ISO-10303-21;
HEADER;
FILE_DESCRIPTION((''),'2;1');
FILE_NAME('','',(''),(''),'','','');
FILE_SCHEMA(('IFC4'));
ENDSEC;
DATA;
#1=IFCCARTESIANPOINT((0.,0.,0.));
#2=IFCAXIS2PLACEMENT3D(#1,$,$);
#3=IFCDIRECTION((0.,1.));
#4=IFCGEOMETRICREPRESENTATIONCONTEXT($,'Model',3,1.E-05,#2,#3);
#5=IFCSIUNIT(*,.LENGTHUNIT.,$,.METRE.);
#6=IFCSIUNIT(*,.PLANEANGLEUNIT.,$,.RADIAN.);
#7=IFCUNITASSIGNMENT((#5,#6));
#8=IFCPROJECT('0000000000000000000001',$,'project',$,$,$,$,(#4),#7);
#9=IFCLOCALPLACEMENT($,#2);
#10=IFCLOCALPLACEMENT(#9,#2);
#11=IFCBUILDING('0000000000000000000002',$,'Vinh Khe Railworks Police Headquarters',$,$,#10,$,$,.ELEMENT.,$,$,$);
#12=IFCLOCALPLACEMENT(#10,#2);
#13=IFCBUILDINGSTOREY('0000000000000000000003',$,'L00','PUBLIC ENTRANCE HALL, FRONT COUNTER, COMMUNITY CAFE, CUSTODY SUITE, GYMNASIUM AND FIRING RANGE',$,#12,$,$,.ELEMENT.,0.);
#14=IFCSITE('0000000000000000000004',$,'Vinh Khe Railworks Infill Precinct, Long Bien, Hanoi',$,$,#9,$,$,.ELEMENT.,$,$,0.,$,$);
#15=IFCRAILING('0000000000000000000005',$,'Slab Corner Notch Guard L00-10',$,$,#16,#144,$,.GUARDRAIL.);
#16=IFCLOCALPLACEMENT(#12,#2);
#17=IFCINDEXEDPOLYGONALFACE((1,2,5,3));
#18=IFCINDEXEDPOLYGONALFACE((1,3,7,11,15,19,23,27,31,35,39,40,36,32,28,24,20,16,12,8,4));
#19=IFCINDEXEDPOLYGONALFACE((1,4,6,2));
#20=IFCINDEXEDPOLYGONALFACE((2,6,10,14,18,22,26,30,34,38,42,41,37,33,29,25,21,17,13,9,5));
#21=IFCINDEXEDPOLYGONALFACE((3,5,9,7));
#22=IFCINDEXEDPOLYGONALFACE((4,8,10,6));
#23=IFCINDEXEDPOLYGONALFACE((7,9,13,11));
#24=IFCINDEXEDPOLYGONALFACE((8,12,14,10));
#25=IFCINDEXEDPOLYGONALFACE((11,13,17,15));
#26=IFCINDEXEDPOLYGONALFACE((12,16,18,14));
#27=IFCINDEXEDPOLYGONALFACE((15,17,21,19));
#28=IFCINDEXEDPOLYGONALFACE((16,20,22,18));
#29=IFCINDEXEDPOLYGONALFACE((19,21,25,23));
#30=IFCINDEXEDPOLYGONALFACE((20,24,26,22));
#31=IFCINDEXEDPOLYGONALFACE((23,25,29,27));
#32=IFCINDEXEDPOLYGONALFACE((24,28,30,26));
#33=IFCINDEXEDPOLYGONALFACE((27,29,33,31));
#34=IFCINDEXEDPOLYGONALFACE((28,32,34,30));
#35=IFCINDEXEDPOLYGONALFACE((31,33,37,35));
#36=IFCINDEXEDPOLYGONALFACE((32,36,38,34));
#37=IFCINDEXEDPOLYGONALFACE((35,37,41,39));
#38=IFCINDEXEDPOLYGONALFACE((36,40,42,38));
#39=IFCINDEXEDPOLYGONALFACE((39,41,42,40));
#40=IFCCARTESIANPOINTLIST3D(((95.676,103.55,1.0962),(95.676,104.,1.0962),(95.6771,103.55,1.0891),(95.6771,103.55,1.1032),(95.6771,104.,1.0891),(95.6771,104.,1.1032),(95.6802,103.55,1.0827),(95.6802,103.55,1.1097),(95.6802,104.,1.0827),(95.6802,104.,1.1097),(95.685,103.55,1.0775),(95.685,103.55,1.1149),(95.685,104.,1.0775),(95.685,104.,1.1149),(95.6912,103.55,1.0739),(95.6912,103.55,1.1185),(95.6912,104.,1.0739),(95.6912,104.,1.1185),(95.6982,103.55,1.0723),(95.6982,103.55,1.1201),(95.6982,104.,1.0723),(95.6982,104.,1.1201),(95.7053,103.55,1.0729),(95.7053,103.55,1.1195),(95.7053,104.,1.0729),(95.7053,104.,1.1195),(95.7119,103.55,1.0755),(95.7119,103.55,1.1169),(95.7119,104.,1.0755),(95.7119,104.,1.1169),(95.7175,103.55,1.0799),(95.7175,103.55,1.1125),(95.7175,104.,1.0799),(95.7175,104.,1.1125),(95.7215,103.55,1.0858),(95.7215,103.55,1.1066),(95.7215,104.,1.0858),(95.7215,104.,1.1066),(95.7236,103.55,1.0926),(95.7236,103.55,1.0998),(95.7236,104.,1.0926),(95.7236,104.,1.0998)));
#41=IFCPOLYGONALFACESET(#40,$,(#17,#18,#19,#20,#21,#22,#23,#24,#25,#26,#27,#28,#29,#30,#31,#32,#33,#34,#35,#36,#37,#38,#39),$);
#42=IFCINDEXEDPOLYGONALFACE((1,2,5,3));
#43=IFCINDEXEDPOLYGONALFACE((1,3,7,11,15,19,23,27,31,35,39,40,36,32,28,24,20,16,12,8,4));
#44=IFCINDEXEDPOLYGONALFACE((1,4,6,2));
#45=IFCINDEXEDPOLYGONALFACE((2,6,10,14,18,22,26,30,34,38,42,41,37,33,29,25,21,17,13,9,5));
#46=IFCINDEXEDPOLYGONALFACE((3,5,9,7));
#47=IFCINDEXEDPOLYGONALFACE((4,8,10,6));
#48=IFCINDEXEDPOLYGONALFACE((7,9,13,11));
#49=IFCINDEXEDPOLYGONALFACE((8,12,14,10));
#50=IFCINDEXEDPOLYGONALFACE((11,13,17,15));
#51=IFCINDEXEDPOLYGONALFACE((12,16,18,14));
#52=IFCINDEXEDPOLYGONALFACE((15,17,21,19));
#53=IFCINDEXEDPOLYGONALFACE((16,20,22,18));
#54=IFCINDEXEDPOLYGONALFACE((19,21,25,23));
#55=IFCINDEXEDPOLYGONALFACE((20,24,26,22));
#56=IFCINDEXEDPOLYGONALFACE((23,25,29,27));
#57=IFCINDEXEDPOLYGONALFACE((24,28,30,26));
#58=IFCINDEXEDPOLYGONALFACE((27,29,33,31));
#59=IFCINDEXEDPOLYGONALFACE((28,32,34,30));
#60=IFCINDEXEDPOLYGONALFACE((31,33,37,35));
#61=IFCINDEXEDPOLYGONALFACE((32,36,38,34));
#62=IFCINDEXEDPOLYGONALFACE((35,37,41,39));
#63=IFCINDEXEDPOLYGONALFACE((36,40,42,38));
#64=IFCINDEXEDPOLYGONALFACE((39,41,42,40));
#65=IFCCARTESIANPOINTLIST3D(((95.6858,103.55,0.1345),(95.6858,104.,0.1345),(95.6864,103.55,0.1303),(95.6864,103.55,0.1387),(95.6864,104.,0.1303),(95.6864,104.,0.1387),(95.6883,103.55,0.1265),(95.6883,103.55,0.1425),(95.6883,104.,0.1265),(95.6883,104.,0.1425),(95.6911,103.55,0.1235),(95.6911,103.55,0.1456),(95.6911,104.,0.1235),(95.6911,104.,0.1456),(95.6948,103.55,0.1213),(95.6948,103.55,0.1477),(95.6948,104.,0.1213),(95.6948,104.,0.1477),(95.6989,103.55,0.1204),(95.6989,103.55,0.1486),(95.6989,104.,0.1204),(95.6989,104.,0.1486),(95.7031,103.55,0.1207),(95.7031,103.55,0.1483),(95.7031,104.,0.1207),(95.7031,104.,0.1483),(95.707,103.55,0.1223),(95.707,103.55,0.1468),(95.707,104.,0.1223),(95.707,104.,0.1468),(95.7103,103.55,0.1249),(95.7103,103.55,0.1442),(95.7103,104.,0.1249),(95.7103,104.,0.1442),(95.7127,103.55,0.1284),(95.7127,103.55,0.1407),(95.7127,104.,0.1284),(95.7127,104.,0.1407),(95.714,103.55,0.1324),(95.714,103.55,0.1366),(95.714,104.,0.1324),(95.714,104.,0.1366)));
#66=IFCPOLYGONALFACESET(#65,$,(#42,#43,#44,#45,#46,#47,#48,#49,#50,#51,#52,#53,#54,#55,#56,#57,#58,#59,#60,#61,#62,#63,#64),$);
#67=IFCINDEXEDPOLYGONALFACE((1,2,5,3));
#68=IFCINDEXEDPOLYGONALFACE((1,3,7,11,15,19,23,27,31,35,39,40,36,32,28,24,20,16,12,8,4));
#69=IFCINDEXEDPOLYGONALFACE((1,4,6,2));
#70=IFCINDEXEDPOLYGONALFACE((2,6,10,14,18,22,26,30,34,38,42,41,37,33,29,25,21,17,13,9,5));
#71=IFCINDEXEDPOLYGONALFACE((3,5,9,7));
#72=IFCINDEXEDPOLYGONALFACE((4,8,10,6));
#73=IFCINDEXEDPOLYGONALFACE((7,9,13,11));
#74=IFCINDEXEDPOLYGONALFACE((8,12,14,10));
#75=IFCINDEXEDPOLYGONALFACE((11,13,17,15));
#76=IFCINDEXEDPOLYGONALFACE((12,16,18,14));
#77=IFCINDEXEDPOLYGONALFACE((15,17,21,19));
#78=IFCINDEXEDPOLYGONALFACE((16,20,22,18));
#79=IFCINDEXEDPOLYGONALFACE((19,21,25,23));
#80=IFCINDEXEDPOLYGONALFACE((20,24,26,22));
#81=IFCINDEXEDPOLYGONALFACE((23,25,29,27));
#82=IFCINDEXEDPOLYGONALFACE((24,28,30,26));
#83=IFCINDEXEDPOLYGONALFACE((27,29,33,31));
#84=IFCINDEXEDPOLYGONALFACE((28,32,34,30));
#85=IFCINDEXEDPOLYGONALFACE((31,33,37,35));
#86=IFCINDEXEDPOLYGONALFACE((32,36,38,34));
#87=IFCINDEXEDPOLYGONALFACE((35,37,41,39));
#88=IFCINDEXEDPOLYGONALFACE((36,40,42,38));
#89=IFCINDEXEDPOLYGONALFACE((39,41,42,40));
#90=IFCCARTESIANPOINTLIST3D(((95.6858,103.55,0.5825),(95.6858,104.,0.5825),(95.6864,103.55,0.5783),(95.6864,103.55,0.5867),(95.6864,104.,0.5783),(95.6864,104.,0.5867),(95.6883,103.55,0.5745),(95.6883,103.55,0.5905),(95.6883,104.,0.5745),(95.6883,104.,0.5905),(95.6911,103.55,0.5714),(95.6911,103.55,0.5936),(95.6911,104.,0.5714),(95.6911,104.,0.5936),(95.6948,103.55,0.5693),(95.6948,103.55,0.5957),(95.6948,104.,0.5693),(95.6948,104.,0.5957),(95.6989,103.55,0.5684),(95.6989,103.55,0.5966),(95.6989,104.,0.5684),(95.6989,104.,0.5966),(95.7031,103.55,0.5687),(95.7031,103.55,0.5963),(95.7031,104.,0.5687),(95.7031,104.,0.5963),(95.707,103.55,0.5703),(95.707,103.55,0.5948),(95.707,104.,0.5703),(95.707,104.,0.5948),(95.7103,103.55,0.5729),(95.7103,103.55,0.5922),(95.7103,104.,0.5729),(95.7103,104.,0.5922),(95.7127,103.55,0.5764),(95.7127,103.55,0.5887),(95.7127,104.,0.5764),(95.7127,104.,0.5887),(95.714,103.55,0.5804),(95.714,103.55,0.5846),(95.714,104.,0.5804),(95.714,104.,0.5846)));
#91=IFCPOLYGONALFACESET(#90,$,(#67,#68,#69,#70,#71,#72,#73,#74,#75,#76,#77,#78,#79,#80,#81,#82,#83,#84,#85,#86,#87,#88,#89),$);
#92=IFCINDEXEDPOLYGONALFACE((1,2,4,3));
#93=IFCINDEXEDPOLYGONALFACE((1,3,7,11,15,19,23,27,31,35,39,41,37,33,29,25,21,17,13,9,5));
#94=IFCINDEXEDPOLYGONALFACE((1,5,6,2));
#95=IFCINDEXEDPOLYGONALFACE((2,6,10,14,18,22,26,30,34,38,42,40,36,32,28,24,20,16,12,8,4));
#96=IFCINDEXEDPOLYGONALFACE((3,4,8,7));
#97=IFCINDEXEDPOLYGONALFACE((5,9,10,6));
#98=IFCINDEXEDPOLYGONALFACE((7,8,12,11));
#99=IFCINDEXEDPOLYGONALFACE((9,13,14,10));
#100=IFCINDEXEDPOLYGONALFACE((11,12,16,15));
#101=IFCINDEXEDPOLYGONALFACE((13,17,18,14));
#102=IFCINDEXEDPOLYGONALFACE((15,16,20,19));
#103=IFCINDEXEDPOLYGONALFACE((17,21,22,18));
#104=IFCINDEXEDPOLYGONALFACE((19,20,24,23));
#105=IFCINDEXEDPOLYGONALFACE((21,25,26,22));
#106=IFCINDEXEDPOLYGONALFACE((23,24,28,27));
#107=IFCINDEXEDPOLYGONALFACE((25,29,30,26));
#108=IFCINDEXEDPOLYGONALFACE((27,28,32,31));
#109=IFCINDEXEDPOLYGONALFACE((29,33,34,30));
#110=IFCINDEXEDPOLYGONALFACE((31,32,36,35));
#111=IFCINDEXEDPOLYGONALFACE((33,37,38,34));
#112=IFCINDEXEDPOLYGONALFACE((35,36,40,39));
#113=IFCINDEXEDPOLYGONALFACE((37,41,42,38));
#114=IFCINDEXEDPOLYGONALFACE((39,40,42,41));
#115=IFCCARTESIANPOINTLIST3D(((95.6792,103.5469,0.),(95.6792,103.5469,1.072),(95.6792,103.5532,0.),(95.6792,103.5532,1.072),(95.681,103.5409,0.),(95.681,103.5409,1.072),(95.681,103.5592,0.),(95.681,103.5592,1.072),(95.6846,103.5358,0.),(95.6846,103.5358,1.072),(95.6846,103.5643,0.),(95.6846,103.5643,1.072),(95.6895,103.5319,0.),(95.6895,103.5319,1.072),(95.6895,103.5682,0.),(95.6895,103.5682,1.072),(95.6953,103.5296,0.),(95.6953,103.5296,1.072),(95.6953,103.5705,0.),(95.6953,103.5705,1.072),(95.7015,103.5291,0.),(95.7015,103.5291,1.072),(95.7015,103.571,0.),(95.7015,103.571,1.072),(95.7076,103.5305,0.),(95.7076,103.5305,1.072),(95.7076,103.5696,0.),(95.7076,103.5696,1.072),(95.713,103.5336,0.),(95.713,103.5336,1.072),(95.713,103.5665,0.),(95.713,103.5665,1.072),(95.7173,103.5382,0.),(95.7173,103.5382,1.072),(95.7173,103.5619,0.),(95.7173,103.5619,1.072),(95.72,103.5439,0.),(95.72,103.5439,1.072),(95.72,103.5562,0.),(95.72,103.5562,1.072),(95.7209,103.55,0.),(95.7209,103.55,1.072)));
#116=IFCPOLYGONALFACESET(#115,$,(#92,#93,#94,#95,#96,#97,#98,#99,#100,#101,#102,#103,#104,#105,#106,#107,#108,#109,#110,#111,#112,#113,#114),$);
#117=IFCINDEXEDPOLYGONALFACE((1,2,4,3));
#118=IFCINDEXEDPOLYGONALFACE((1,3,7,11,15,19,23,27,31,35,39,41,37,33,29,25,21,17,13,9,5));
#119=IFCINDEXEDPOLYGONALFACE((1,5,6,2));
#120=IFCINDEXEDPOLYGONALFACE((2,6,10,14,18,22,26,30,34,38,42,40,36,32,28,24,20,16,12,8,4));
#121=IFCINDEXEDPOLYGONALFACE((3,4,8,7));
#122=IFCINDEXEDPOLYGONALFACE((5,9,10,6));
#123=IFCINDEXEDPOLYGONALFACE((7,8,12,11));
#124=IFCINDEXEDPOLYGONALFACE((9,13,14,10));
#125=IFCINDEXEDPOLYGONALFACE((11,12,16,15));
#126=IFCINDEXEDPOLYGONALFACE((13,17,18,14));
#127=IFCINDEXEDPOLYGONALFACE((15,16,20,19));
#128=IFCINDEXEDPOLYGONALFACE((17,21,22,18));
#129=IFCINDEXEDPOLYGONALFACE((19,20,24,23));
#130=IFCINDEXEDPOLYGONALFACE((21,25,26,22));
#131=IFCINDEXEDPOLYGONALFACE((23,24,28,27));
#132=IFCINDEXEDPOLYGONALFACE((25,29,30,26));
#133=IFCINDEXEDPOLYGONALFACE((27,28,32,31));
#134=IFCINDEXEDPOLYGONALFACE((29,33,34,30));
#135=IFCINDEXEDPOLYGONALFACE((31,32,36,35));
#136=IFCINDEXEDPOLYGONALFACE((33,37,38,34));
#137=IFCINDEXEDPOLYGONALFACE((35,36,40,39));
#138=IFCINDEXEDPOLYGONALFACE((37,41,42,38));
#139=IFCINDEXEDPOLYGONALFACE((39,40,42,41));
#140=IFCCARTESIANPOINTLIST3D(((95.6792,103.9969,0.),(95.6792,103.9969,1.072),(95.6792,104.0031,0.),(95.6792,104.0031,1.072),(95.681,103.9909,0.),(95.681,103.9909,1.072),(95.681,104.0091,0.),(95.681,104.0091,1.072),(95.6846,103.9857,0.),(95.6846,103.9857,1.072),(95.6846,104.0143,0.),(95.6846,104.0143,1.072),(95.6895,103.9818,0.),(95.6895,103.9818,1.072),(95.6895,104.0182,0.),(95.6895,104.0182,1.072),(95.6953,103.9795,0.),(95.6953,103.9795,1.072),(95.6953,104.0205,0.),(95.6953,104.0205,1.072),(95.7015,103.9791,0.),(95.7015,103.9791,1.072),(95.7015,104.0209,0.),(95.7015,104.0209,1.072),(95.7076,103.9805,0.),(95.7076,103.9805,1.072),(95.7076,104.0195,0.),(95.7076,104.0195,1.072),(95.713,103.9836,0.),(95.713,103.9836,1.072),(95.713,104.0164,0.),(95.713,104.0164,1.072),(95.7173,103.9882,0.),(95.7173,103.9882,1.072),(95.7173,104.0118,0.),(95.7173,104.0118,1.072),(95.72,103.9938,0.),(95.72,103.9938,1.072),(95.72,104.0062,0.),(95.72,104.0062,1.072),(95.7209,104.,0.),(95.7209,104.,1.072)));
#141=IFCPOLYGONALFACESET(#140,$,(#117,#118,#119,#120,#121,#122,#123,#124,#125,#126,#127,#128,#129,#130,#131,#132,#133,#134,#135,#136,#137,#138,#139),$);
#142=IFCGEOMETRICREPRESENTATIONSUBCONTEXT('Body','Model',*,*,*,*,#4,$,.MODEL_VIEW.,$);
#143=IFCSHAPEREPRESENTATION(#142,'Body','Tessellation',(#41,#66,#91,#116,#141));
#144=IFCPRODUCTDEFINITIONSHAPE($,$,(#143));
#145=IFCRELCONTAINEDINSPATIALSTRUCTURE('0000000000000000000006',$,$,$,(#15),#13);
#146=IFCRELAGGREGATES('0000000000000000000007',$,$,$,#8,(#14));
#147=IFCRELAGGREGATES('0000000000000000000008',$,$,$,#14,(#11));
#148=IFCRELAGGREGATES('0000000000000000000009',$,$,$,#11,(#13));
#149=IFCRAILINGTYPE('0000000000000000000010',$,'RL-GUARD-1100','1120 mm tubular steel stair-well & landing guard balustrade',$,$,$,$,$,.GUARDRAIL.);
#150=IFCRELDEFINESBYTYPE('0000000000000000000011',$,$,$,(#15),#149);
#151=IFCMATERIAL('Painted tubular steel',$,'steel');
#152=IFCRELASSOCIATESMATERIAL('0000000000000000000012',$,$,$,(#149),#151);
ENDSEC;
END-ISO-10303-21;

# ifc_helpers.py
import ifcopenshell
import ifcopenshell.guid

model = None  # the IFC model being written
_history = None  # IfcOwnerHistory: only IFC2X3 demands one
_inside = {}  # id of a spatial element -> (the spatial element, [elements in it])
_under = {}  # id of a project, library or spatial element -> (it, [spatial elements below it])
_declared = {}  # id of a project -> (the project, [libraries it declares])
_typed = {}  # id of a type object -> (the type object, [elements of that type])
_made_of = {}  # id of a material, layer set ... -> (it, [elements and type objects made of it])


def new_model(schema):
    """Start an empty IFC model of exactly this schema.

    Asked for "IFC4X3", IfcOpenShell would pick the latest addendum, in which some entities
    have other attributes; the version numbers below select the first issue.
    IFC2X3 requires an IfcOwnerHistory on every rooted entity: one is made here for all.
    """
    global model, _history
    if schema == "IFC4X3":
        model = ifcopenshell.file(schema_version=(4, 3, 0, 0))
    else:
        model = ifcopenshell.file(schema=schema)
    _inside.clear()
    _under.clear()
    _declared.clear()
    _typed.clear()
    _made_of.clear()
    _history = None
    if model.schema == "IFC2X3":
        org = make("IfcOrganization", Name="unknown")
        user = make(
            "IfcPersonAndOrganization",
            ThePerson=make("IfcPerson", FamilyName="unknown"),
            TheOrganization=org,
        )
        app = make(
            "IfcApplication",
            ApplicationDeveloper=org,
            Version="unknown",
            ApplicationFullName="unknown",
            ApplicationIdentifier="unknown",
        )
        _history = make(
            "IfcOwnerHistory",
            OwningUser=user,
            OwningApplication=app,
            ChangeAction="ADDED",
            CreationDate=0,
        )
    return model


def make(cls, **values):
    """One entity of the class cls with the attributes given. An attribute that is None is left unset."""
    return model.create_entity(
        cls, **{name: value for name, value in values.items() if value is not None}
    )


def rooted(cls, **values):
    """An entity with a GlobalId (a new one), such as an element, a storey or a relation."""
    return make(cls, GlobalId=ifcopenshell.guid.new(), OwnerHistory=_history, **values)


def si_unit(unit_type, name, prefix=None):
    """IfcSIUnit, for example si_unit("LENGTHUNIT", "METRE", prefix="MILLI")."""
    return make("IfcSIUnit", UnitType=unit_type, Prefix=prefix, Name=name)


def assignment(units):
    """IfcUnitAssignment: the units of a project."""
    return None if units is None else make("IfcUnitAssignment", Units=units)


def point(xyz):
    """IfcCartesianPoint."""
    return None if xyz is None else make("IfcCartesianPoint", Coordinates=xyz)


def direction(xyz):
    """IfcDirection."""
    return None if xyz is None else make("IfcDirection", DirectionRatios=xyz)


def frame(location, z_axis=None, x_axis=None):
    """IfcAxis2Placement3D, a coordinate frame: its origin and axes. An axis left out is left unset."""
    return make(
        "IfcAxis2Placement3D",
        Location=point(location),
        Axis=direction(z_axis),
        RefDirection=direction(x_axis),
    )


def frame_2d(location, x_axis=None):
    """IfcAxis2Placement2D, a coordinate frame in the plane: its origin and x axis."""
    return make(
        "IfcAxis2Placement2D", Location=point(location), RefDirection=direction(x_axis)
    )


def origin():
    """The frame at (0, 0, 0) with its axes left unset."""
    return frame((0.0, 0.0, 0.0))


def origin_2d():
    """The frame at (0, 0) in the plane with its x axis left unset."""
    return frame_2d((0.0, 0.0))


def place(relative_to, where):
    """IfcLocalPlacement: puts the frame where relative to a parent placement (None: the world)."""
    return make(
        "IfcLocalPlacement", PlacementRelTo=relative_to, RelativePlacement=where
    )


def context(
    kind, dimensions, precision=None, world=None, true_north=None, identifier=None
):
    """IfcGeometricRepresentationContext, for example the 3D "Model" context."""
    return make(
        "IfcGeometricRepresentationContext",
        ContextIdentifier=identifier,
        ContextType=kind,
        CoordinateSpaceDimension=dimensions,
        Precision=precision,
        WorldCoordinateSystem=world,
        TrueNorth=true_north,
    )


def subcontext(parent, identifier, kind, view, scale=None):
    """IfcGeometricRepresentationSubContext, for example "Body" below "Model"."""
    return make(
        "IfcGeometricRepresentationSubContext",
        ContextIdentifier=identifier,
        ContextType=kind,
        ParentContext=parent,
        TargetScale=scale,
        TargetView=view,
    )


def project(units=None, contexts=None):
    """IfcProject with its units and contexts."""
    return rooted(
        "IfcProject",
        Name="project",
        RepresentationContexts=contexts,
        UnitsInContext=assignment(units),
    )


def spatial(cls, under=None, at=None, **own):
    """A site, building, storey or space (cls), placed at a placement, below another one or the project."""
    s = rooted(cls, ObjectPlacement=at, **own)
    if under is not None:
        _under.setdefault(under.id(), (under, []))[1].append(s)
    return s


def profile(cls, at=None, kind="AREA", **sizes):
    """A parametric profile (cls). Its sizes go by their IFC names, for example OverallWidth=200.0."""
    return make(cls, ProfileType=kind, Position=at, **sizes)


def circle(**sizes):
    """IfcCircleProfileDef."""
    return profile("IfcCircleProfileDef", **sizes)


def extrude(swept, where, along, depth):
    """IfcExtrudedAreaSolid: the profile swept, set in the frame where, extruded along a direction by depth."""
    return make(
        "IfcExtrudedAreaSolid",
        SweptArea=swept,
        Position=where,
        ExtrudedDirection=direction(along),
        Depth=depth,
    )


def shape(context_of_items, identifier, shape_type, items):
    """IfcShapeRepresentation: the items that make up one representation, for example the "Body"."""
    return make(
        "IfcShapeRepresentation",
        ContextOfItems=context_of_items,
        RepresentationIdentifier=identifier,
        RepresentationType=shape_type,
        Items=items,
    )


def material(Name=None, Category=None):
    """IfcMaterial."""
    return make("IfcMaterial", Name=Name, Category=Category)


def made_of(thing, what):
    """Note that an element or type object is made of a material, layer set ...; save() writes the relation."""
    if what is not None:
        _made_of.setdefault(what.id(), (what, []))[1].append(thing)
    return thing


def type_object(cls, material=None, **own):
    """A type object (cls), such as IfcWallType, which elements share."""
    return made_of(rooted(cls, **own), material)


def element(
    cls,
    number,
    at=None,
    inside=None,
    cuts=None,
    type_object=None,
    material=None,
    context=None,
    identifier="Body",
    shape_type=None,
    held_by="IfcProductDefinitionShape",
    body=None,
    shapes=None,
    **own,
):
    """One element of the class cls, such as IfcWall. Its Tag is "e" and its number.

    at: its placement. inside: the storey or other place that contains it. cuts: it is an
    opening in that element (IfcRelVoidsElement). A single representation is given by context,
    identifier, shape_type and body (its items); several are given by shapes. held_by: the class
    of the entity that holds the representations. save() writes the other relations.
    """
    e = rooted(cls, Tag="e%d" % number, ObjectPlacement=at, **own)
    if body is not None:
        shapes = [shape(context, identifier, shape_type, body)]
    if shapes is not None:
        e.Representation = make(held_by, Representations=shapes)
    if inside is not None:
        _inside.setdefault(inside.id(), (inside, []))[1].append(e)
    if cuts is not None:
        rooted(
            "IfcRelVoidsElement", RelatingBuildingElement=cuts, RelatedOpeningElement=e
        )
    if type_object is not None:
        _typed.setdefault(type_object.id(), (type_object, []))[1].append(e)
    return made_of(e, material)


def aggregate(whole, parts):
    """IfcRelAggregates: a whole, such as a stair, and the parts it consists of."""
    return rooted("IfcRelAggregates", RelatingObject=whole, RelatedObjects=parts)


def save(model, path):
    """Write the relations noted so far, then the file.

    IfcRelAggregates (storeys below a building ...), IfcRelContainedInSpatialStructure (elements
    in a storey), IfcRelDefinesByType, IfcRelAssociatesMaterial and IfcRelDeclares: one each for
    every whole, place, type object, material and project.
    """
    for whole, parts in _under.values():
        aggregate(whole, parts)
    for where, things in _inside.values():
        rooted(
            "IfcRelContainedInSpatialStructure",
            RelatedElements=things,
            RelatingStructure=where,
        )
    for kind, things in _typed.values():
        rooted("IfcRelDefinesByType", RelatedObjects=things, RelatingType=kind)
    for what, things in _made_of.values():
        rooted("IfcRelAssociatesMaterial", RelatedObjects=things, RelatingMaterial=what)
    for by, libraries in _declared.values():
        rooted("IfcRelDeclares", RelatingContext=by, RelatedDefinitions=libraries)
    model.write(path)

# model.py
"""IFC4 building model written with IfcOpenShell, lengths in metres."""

from ifc_helpers import new_model, si_unit, direction, frame, origin, origin_2d, place, context, subcontext, project, spatial, circle, extrude, material, type_object, element, save


model = new_model("IFC4")

# Units and contexts
model_context = context("Model", 3, precision=1e-05, world=origin(), true_north=direction((0.0, 1.0)))
body_context = subcontext(model_context, "Body", "Model", "MODEL_VIEW")
ifc_project = project(units=[si_unit("LENGTHUNIT", "METRE"), si_unit("PLANEANGLEUNIT", "RADIAN")], contexts=[model_context])

# Site, building, storey
site_placement = place(None, origin())
site = spatial("IfcSite", under=ifc_project, at=site_placement, Name="Vinh Khe Railworks Infill Precinct, Long Bien, Hanoi", CompositionType="ELEMENT", RefElevation=0.0)
building_placement = place(site_placement, origin())
building = spatial("IfcBuilding", under=site, at=building_placement, Name="Vinh Khe Railworks Police Headquarters", CompositionType="ELEMENT")
storey_placement = place(building_placement, origin())
storey = spatial("IfcBuildingStorey", under=building, at=storey_placement, Name="L00", Description="PUBLIC ENTRANCE HALL, FRONT COUNTER, COMMUNITY CAFE, CUSTODY SUITE, GYMNASIUM AND FIRING RANGE", CompositionType="ELEMENT", Elevation=0.0)

# Railing
ifc_material_1 = material(Name="Painted tubular steel", Category="steel")
railing_type = type_object("IfcRailingType", Name="RL-GUARD-1100", Description="1120 mm tubular steel stair-well & landing guard balustrade", PredefinedType="GUARDRAIL", material=ifc_material_1)
railing_1_placement = place(storey_placement, frame((95.7, 103.55, 0.0)))
element("IfcRailing", 1, at=railing_1_placement, inside=storey, type_object=railing_type, Name="Slab Corner Notch Guard L00-10", PredefinedType="GUARDRAIL", context=body_context, shape_type="SweptSolid", body=[
    extrude(circle(Radius=0.0239, at=origin_2d()), frame((0.0, 0.0, 1.0962), z_axis=(0.0, 1.0, 0.0), x_axis=(-1.0, 0.0, 0.0)), (0.0, 0.0, 1.0), 0.45),
    extrude(circle(Radius=0.0142, at=origin_2d()), frame((0.0, 0.0, 0.1345), z_axis=(0.0, 1.0, 0.0), x_axis=(-1.0, 0.0, 0.0)), (0.0, 0.0, 1.0), 0.45),
    extrude(circle(Radius=0.0142, at=origin_2d()), frame((0.0, 0.0, 0.5825), z_axis=(0.0, 1.0, 0.0), x_axis=(-1.0, 0.0, 0.0)), (0.0, 0.0, 1.0), 0.45),
    extrude(circle(Radius=0.021, at=origin_2d()), origin(), (0.0, 0.0, 1.0), 1.072),
    extrude(circle(Radius=0.021, at=origin_2d()), frame((0.0, 0.45, 0.0)), (0.0, 0.0, 1.0), 1.072),
])

save(model, "model.ifc")
